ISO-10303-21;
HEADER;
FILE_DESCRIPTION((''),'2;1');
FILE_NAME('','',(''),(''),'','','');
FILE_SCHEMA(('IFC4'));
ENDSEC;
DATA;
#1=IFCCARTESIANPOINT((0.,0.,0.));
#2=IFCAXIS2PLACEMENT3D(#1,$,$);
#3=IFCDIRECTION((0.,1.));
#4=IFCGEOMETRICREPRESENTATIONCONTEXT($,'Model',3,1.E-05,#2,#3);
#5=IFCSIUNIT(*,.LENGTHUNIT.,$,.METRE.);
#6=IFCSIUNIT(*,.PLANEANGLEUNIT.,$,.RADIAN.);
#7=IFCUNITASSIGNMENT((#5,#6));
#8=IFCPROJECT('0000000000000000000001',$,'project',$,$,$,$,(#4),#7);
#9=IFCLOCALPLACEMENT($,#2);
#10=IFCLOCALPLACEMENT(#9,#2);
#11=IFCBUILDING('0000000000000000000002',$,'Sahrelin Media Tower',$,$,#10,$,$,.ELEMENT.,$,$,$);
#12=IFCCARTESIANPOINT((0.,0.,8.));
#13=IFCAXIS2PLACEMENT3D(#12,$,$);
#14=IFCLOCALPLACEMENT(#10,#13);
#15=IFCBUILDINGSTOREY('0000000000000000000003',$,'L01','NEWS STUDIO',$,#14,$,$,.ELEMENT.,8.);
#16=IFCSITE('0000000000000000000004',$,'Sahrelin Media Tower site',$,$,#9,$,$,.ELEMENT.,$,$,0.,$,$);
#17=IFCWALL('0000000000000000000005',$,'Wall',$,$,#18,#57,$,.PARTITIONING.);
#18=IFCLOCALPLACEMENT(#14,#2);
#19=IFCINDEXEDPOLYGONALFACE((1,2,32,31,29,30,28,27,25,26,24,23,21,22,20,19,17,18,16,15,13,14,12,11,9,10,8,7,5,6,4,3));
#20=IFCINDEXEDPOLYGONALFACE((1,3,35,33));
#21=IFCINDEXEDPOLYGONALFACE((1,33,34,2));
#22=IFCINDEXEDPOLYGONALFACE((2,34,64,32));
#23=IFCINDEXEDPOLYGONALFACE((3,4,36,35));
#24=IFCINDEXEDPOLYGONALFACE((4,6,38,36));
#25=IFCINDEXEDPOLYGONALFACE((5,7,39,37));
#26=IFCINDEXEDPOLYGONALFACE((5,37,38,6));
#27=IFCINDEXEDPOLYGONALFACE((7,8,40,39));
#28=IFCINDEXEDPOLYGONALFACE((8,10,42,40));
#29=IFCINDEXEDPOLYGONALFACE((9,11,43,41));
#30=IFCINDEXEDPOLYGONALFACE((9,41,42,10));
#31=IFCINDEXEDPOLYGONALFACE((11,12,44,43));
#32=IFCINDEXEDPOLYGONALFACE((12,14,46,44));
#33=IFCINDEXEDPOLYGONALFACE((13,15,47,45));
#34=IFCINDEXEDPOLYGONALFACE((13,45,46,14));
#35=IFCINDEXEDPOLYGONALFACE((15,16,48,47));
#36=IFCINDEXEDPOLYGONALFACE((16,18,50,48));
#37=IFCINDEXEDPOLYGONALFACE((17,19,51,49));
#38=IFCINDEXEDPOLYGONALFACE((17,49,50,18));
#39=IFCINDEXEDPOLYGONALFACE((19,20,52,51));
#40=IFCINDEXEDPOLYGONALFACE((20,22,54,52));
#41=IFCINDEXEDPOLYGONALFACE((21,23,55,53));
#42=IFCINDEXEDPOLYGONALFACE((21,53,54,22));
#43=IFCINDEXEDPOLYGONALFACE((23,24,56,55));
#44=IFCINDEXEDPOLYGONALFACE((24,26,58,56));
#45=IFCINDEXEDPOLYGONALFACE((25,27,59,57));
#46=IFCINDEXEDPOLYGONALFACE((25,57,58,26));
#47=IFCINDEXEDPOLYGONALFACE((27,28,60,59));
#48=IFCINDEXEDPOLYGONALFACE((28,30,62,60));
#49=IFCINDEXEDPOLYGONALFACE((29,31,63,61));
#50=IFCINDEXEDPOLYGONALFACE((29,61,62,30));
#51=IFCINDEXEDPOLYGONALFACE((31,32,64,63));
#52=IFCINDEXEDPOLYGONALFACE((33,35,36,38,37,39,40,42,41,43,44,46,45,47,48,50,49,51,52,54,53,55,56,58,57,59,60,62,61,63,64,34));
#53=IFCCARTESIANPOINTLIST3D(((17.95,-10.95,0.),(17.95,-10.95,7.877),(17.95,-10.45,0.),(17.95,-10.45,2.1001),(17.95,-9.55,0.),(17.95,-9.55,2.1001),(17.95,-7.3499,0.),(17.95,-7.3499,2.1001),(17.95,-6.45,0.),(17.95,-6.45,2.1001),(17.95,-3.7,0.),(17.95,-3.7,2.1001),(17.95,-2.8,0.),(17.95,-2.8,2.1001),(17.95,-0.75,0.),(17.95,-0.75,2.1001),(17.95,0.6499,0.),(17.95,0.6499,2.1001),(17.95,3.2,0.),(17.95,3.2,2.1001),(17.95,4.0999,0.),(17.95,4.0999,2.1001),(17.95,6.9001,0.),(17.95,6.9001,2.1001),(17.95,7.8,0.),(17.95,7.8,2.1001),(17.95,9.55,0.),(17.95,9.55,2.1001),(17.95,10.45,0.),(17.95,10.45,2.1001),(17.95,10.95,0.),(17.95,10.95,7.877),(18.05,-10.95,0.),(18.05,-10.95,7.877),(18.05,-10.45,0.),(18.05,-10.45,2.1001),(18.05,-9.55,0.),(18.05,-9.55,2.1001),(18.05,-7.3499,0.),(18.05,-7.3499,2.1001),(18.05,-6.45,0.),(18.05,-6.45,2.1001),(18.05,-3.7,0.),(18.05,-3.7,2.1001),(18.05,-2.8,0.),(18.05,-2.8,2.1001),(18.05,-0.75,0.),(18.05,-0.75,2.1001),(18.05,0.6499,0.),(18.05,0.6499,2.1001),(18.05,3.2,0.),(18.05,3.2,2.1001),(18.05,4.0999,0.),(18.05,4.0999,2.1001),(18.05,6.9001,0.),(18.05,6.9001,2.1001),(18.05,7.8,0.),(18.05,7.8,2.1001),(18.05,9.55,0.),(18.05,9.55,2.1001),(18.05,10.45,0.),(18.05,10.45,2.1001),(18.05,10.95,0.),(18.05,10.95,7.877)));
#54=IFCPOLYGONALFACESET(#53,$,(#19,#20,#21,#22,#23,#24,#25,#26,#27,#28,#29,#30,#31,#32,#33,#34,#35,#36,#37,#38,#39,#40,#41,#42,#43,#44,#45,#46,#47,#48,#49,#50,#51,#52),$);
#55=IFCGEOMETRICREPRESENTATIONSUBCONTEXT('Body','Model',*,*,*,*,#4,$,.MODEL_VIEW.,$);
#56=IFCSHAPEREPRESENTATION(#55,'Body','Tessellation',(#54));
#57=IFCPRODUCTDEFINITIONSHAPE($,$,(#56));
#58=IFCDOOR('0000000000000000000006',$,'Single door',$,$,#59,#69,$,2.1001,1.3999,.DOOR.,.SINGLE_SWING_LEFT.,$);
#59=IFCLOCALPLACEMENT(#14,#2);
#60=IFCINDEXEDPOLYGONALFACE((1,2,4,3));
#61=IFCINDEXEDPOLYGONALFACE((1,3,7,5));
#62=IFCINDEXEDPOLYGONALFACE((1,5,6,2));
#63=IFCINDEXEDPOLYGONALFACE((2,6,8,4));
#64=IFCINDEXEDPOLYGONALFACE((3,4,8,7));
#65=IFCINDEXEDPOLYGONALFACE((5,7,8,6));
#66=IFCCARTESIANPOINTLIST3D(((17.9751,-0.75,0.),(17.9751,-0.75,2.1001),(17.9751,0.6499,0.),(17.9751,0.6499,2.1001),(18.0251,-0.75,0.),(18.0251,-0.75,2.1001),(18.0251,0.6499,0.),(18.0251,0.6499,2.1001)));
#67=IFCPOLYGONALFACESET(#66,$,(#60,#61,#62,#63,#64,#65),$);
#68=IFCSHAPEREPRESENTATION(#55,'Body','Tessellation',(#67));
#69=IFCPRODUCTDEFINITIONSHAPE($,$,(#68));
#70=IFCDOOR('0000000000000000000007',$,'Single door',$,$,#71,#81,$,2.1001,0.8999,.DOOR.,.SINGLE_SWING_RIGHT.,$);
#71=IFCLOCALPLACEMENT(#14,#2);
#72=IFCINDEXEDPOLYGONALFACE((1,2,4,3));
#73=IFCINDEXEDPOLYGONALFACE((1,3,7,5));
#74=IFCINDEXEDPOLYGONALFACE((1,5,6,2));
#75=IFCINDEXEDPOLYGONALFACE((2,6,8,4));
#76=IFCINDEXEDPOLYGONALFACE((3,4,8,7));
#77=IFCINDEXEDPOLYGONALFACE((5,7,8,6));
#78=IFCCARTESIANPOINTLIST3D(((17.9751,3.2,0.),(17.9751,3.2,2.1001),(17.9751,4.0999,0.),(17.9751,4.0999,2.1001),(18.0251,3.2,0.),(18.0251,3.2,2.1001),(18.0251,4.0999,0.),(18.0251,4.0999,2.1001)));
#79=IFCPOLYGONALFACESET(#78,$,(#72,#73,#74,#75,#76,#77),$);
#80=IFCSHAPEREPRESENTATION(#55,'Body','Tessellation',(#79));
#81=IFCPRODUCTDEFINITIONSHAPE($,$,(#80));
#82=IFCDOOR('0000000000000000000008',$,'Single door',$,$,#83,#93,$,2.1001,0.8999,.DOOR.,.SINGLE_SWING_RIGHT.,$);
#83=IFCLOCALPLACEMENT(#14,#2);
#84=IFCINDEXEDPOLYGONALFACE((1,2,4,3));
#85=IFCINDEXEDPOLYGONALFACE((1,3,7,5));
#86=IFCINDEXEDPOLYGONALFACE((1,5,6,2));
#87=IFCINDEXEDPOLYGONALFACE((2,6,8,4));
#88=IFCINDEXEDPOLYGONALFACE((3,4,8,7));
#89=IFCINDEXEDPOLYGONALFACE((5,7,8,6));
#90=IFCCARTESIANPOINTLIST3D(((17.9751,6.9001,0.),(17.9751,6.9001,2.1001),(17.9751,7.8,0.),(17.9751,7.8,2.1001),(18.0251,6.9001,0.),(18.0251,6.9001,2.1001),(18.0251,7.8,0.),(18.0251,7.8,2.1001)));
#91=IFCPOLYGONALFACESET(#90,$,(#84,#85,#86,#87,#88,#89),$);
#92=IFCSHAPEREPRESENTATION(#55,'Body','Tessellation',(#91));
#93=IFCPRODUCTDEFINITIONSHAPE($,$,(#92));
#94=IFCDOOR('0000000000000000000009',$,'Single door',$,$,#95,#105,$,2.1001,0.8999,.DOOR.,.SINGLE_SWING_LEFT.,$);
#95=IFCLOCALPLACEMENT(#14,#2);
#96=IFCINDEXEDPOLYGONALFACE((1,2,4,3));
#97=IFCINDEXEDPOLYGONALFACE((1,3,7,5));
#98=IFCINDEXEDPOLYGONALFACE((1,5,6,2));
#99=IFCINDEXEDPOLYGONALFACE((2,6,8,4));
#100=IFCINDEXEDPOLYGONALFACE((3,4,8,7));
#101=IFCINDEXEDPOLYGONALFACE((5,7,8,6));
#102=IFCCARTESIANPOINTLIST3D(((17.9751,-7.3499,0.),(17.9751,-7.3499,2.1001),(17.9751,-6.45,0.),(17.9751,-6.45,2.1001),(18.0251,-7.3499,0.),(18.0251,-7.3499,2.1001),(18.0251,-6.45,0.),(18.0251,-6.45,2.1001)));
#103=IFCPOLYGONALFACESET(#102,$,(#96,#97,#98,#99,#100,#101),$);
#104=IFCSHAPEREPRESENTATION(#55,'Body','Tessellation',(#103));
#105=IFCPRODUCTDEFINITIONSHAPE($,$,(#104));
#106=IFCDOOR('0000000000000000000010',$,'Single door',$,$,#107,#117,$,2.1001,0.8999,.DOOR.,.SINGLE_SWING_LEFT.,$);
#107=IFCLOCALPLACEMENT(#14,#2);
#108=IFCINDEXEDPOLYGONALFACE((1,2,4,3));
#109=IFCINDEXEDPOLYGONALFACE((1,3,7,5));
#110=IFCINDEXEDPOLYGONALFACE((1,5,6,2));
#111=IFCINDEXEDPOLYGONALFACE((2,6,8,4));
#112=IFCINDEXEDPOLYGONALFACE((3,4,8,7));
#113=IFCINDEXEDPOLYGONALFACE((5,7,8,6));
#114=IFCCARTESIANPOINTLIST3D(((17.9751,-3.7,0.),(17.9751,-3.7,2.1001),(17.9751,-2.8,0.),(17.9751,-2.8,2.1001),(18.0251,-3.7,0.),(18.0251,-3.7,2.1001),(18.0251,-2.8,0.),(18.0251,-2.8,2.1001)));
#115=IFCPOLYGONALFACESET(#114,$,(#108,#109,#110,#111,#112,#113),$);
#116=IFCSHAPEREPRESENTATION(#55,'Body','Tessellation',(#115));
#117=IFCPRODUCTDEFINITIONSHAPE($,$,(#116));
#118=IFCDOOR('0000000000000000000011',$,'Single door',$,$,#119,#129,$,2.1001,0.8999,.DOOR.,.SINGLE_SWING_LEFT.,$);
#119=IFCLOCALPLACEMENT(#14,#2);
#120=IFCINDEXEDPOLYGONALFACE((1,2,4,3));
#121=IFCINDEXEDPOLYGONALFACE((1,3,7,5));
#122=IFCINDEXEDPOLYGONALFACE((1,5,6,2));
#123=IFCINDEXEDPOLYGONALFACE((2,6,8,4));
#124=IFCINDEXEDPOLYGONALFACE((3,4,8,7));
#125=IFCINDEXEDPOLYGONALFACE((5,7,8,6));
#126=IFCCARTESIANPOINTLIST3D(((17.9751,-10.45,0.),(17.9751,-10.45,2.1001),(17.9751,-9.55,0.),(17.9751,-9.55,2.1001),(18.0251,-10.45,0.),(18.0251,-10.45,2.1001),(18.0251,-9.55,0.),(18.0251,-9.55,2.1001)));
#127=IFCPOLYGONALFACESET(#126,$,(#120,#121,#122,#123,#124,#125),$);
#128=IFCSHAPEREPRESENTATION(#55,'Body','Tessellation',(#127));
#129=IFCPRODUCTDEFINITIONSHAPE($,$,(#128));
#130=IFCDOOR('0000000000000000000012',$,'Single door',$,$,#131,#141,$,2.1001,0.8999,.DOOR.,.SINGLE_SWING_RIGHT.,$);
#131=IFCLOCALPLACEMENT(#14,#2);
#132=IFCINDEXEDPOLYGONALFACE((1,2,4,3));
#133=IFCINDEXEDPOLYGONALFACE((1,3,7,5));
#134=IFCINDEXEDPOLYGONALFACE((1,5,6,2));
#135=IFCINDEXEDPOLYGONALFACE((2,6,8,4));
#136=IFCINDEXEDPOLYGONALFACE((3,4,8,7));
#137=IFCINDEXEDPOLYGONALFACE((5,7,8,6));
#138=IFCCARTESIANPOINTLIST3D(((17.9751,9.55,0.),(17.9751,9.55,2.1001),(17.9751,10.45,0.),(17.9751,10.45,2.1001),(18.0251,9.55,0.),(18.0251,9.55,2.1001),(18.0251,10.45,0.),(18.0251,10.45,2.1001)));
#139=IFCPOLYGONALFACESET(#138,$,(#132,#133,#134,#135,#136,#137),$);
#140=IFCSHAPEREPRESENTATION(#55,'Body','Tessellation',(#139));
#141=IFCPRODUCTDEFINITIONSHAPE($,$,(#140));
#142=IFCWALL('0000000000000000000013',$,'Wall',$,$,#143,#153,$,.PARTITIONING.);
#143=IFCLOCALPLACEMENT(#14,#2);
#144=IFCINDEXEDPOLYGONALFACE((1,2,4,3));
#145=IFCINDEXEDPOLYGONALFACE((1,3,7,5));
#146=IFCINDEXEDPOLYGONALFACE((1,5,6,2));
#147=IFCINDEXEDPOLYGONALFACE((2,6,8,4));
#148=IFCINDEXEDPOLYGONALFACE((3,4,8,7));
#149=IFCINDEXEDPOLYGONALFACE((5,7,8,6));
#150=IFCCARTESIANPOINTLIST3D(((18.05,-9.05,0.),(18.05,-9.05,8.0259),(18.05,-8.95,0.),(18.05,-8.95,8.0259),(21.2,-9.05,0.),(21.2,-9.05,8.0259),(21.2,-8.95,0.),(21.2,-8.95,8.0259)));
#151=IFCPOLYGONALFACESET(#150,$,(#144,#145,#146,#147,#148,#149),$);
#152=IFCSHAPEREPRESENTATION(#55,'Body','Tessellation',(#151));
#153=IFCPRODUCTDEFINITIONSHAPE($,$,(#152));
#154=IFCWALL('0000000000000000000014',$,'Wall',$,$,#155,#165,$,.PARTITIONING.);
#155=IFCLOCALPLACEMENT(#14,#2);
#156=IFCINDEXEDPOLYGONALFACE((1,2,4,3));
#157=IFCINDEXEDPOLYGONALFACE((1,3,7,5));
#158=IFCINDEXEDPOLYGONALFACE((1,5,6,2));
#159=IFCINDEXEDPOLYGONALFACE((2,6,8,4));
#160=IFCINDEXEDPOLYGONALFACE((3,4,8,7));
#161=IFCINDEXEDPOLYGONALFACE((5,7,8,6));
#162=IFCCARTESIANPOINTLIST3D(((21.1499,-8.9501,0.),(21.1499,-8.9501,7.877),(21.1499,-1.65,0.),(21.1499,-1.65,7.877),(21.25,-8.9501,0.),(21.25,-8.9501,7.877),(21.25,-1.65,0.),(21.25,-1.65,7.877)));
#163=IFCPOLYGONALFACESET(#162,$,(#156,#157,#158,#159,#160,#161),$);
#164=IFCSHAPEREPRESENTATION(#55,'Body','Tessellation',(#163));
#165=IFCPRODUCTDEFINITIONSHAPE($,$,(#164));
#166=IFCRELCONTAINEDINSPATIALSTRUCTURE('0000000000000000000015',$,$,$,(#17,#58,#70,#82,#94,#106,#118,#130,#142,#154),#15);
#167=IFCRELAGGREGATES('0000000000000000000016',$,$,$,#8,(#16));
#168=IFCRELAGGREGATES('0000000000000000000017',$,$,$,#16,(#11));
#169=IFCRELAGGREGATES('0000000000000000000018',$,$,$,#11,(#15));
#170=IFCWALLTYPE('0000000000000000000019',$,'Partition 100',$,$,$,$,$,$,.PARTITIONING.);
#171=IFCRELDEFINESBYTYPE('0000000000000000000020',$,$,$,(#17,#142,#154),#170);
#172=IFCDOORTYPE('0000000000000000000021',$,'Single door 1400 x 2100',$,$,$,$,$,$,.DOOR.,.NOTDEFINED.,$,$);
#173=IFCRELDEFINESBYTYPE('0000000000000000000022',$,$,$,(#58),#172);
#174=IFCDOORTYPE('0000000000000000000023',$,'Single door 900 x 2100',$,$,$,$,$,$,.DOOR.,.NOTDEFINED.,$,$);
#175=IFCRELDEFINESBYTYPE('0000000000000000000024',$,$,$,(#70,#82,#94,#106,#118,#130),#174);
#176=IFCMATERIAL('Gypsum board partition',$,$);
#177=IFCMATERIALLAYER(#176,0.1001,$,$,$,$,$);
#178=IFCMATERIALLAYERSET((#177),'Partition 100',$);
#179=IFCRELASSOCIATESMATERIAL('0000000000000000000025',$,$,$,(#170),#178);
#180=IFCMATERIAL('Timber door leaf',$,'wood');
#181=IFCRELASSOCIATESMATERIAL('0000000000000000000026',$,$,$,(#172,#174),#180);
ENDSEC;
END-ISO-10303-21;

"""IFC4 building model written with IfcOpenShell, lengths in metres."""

from ifc_helpers import new_model, si_unit, direction, frame, frame_2d, origin, place, context, subcontext, project, spatial, rectangle, extrude, material, layer, layer_set, type_object, element, fill, save


model = new_model("IFC4")

# Units and contexts
model_context = context("Model", 3, precision=1e-05, world=origin(), true_north=direction((0.0, 1.0)))
body_context = subcontext(model_context, "Body", "Model", "MODEL_VIEW")
ifc_project = project(units=[si_unit("LENGTHUNIT", "METRE"), si_unit("PLANEANGLEUNIT", "RADIAN")], contexts=[model_context])

# Site, building, storey
site_placement = place(None, origin())
site = spatial("IfcSite", under=ifc_project, at=site_placement, Name="Sahrelin Media Tower site", CompositionType="ELEMENT", RefElevation=0.0)
building_placement = place(site_placement, origin())
building = spatial("IfcBuilding", under=site, at=building_placement, Name="Sahrelin Media Tower", CompositionType="ELEMENT")
storey_placement = place(building_placement, frame((0.0, 0.0, 8.0)))
storey = spatial("IfcBuildingStorey", under=building, at=storey_placement, Name="L01", Description="NEWS STUDIO", CompositionType="ELEMENT", Elevation=8.0)

# Shared definitions
ifc_material_1 = material(Name="Gypsum board partition")
ifc_layer_1 = layer(ifc_material_1, 0.1001)
ifc_layer_set_1 = layer_set([ifc_layer_1], Name="Partition 100")
wall_type_1 = type_object("IfcWallType", Name="Partition 100", PredefinedType="PARTITIONING", material=ifc_layer_set_1)

# Wall, openings, doors
wall_1_placement = place(storey_placement, frame((18.0, -10.95, 0.0), z_axis=(0.0, 0.0, 1.0), x_axis=(0.0, 1.0, 0.0)))
wall_1 = element("IfcWall", 1, at=wall_1_placement, inside=storey, type_object=wall_type_1, Name="Wall", PredefinedType="PARTITIONING", context=body_context, shape_type="SweptSolid", body=[
    extrude(rectangle(XDim=21.8999, YDim=0.1001, at=frame_2d((10.95, 0.0))), origin(), (0.0, 0.0, 1.0), 7.877),
])
opening_1_placement = place(wall_1_placement, frame((14.1499, 0.0, 0.0)))
opening_1 = element("IfcOpeningElement", 2, at=opening_1_placement, cuts=wall_1, PredefinedType="OPENING", context=body_context, shape_type="SweptSolid", body=[
    extrude(rectangle(XDim=0.8999, YDim=2.1001, at=frame_2d((0.45, 1.05))), frame((0.0, 0.05, 0.0), z_axis=(0.0, -1.0, 0.0), x_axis=(1.0, 0.0, 0.0)), (0.0, 0.0, 1.0), 0.1001),
])
opening_2_placement = place(wall_1_placement, frame((17.8501, 0.0, 0.0)))
opening_2 = element("IfcOpeningElement", 3, at=opening_2_placement, cuts=wall_1, PredefinedType="OPENING", context=body_context, shape_type="SweptSolid", body=[
    extrude(rectangle(XDim=0.8999, YDim=2.1001, at=frame_2d((0.45, 1.05))), frame((0.0, 0.05, 0.0), z_axis=(0.0, -1.0, 0.0), x_axis=(1.0, 0.0, 0.0)), (0.0, 0.0, 1.0), 0.1001),
])
opening_3_placement = place(wall_1_placement, frame((3.6001, 0.0, 0.0)))
opening_3 = element("IfcOpeningElement", 4, at=opening_3_placement, cuts=wall_1, PredefinedType="OPENING", context=body_context, shape_type="SweptSolid", body=[
    extrude(rectangle(XDim=0.8999, YDim=2.1001, at=frame_2d((0.45, 1.05))), frame((0.0, 0.05, 0.0), z_axis=(0.0, -1.0, 0.0), x_axis=(1.0, 0.0, 0.0)), (0.0, 0.0, 1.0), 0.1001),
])
opening_4_placement = place(wall_1_placement, frame((7.25, 0.0, 0.0)))
opening_4 = element("IfcOpeningElement", 5, at=opening_4_placement, cuts=wall_1, PredefinedType="OPENING", context=body_context, shape_type="SweptSolid", body=[
    extrude(rectangle(XDim=0.8999, YDim=2.1001, at=frame_2d((0.45, 1.05))), frame((0.0, 0.05, 0.0), z_axis=(0.0, -1.0, 0.0), x_axis=(1.0, 0.0, 0.0)), (0.0, 0.0, 1.0), 0.1001),
])
opening_5_placement = place(wall_1_placement, frame((0.5, 0.0, 0.0)))
opening_5 = element("IfcOpeningElement", 6, at=opening_5_placement, cuts=wall_1, PredefinedType="OPENING", context=body_context, shape_type="SweptSolid", body=[
    extrude(rectangle(XDim=0.8999, YDim=2.1001, at=frame_2d((0.45, 1.05))), frame((0.0, 0.05, 0.0), z_axis=(0.0, -1.0, 0.0), x_axis=(1.0, 0.0, 0.0)), (0.0, 0.0, 1.0), 0.1001),
])
opening_6_placement = place(wall_1_placement, frame((10.2, 0.0, 0.0)))
opening_6 = element("IfcOpeningElement", 7, at=opening_6_placement, cuts=wall_1, PredefinedType="OPENING", context=body_context, shape_type="SweptSolid", body=[
    extrude(rectangle(XDim=1.3999, YDim=2.1001, at=frame_2d((0.7, 1.05))), frame((0.0, 0.05, 0.0), z_axis=(0.0, -1.0, 0.0), x_axis=(1.0, 0.0, 0.0)), (0.0, 0.0, 1.0), 0.1001),
])
opening_7_placement = place(wall_1_placement, frame((20.5, 0.0, 0.0)))
opening_7 = element("IfcOpeningElement", 8, at=opening_7_placement, cuts=wall_1, PredefinedType="OPENING", context=body_context, shape_type="SweptSolid", body=[
    extrude(rectangle(XDim=0.8999, YDim=2.1001, at=frame_2d((0.45, 1.05))), frame((0.0, 0.05, 0.0), z_axis=(0.0, -1.0, 0.0), x_axis=(1.0, 0.0, 0.0)), (0.0, 0.0, 1.0), 0.1001),
])
ifc_material_2 = material(Name="Timber door leaf", Category="wood")
door_type_1 = type_object("IfcDoorType", Name="Single door 1400 x 2100", OperationType="NOTDEFINED", PredefinedType="DOOR", material=ifc_material_2)
door_1_placement = place(opening_6_placement, origin())
door_1 = element("IfcDoor", 9, at=door_1_placement, inside=storey, type_object=door_type_1, Name="Single door", OperationType="SINGLE_SWING_LEFT", OverallHeight=2.1001, OverallWidth=1.3999, PredefinedType="DOOR", context=body_context, shape_type="SweptSolid", body=[
    extrude(rectangle(XDim=1.3999, YDim=2.1001, at=frame_2d((0.7, 1.05))), frame((0.0, 0.0249, 0.0), z_axis=(0.0, -1.0, 0.0), x_axis=(1.0, 0.0, 0.0)), (0.0, 0.0, 1.0), 0.05),
])
fill(opening_6, door_1)
door_type_2 = type_object("IfcDoorType", Name="Single door 900 x 2100", OperationType="NOTDEFINED", PredefinedType="DOOR", material=ifc_material_2)
door_2_placement = place(opening_1_placement, origin())
door_2 = element("IfcDoor", 10, at=door_2_placement, inside=storey, type_object=door_type_2, Name="Single door", OperationType="SINGLE_SWING_RIGHT", OverallHeight=2.1001, OverallWidth=0.8999, PredefinedType="DOOR", context=body_context, shape_type="SweptSolid", body=[
    extrude(rectangle(XDim=0.8999, YDim=2.1001, at=frame_2d((0.45, 1.05))), frame((0.0, 0.0249, 0.0), z_axis=(0.0, -1.0, 0.0), x_axis=(1.0, 0.0, 0.0)), (0.0, 0.0, 1.0), 0.05),
])
fill(opening_1, door_2)
door_3_placement = place(opening_2_placement, origin())
door_3 = element("IfcDoor", 11, at=door_3_placement, inside=storey, type_object=door_type_2, Name="Single door", OperationType="SINGLE_SWING_RIGHT", OverallHeight=2.1001, OverallWidth=0.8999, PredefinedType="DOOR", context=body_context, shape_type="SweptSolid", body=[
    extrude(rectangle(XDim=0.8999, YDim=2.1001, at=frame_2d((0.45, 1.05))), frame((0.0, 0.0249, 0.0), z_axis=(0.0, -1.0, 0.0), x_axis=(1.0, 0.0, 0.0)), (0.0, 0.0, 1.0), 0.05),
])
fill(opening_2, door_3)
door_4_placement = place(opening_3_placement, origin())
door_4 = element("IfcDoor", 12, at=door_4_placement, inside=storey, type_object=door_type_2, Name="Single door", OperationType="SINGLE_SWING_LEFT", OverallHeight=2.1001, OverallWidth=0.8999, PredefinedType="DOOR", context=body_context, shape_type="SweptSolid", body=[
    extrude(rectangle(XDim=0.8999, YDim=2.1001, at=frame_2d((0.45, 1.05))), frame((0.0, 0.0249, 0.0), z_axis=(0.0, -1.0, 0.0), x_axis=(1.0, 0.0, 0.0)), (0.0, 0.0, 1.0), 0.05),
])
fill(opening_3, door_4)
door_5_placement = place(opening_4_placement, origin())
door_5 = element("IfcDoor", 13, at=door_5_placement, inside=storey, type_object=door_type_2, Name="Single door", OperationType="SINGLE_SWING_LEFT", OverallHeight=2.1001, OverallWidth=0.8999, PredefinedType="DOOR", context=body_context, shape_type="SweptSolid", body=[
    extrude(rectangle(XDim=0.8999, YDim=2.1001, at=frame_2d((0.45, 1.05))), frame((0.0, 0.0249, 0.0), z_axis=(0.0, -1.0, 0.0), x_axis=(1.0, 0.0, 0.0)), (0.0, 0.0, 1.0), 0.05),
])
fill(opening_4, door_5)
door_6_placement = place(opening_5_placement, origin())
door_6 = element("IfcDoor", 14, at=door_6_placement, inside=storey, type_object=door_type_2, Name="Single door", OperationType="SINGLE_SWING_LEFT", OverallHeight=2.1001, OverallWidth=0.8999, PredefinedType="DOOR", context=body_context, shape_type="SweptSolid", body=[
    extrude(rectangle(XDim=0.8999, YDim=2.1001, at=frame_2d((0.45, 1.05))), frame((0.0, 0.0249, 0.0), z_axis=(0.0, -1.0, 0.0), x_axis=(1.0, 0.0, 0.0)), (0.0, 0.0, 1.0), 0.05),
])
fill(opening_5, door_6)
door_7_placement = place(opening_7_placement, origin())
door_7 = element("IfcDoor", 15, at=door_7_placement, inside=storey, type_object=door_type_2, Name="Single door", OperationType="SINGLE_SWING_RIGHT", OverallHeight=2.1001, OverallWidth=0.8999, PredefinedType="DOOR", context=body_context, shape_type="SweptSolid", body=[
    extrude(rectangle(XDim=0.8999, YDim=2.1001, at=frame_2d((0.45, 1.05))), frame((0.0, 0.0249, 0.0), z_axis=(0.0, -1.0, 0.0), x_axis=(1.0, 0.0, 0.0)), (0.0, 0.0, 1.0), 0.05),
])
fill(opening_7, door_7)

# Walls
wall_2_placement = place(storey_placement, frame((18.05, -9.0, 0.0), z_axis=(0.0, 0.0, 1.0), x_axis=(1.0, 0.0, 0.0)))
element("IfcWall", 16, at=wall_2_placement, inside=storey, type_object=wall_type_1, Name="Wall", PredefinedType="PARTITIONING", context=body_context, shape_type="SweptSolid", body=[
    extrude(rectangle(XDim=3.1499, YDim=0.1001, at=frame_2d((1.575, 0.0))), origin(), (0.0, 0.0, 1.0), 8.0259),
])
wall_3_placement = place(storey_placement, frame((21.2, -8.95, 0.0), z_axis=(0.0, 0.0, 1.0), x_axis=(0.0, 1.0, 0.0)))
element("IfcWall", 17, at=wall_3_placement, inside=storey, type_object=wall_type_1, Name="Wall", PredefinedType="PARTITIONING", context=body_context, shape_type="SweptSolid", body=[
    extrude(rectangle(XDim=7.3, YDim=0.1001, at=frame_2d((3.6499, 0.0))), origin(), (0.0, 0.0, 1.0), 7.877),
])

save(model, "model.ifc")
